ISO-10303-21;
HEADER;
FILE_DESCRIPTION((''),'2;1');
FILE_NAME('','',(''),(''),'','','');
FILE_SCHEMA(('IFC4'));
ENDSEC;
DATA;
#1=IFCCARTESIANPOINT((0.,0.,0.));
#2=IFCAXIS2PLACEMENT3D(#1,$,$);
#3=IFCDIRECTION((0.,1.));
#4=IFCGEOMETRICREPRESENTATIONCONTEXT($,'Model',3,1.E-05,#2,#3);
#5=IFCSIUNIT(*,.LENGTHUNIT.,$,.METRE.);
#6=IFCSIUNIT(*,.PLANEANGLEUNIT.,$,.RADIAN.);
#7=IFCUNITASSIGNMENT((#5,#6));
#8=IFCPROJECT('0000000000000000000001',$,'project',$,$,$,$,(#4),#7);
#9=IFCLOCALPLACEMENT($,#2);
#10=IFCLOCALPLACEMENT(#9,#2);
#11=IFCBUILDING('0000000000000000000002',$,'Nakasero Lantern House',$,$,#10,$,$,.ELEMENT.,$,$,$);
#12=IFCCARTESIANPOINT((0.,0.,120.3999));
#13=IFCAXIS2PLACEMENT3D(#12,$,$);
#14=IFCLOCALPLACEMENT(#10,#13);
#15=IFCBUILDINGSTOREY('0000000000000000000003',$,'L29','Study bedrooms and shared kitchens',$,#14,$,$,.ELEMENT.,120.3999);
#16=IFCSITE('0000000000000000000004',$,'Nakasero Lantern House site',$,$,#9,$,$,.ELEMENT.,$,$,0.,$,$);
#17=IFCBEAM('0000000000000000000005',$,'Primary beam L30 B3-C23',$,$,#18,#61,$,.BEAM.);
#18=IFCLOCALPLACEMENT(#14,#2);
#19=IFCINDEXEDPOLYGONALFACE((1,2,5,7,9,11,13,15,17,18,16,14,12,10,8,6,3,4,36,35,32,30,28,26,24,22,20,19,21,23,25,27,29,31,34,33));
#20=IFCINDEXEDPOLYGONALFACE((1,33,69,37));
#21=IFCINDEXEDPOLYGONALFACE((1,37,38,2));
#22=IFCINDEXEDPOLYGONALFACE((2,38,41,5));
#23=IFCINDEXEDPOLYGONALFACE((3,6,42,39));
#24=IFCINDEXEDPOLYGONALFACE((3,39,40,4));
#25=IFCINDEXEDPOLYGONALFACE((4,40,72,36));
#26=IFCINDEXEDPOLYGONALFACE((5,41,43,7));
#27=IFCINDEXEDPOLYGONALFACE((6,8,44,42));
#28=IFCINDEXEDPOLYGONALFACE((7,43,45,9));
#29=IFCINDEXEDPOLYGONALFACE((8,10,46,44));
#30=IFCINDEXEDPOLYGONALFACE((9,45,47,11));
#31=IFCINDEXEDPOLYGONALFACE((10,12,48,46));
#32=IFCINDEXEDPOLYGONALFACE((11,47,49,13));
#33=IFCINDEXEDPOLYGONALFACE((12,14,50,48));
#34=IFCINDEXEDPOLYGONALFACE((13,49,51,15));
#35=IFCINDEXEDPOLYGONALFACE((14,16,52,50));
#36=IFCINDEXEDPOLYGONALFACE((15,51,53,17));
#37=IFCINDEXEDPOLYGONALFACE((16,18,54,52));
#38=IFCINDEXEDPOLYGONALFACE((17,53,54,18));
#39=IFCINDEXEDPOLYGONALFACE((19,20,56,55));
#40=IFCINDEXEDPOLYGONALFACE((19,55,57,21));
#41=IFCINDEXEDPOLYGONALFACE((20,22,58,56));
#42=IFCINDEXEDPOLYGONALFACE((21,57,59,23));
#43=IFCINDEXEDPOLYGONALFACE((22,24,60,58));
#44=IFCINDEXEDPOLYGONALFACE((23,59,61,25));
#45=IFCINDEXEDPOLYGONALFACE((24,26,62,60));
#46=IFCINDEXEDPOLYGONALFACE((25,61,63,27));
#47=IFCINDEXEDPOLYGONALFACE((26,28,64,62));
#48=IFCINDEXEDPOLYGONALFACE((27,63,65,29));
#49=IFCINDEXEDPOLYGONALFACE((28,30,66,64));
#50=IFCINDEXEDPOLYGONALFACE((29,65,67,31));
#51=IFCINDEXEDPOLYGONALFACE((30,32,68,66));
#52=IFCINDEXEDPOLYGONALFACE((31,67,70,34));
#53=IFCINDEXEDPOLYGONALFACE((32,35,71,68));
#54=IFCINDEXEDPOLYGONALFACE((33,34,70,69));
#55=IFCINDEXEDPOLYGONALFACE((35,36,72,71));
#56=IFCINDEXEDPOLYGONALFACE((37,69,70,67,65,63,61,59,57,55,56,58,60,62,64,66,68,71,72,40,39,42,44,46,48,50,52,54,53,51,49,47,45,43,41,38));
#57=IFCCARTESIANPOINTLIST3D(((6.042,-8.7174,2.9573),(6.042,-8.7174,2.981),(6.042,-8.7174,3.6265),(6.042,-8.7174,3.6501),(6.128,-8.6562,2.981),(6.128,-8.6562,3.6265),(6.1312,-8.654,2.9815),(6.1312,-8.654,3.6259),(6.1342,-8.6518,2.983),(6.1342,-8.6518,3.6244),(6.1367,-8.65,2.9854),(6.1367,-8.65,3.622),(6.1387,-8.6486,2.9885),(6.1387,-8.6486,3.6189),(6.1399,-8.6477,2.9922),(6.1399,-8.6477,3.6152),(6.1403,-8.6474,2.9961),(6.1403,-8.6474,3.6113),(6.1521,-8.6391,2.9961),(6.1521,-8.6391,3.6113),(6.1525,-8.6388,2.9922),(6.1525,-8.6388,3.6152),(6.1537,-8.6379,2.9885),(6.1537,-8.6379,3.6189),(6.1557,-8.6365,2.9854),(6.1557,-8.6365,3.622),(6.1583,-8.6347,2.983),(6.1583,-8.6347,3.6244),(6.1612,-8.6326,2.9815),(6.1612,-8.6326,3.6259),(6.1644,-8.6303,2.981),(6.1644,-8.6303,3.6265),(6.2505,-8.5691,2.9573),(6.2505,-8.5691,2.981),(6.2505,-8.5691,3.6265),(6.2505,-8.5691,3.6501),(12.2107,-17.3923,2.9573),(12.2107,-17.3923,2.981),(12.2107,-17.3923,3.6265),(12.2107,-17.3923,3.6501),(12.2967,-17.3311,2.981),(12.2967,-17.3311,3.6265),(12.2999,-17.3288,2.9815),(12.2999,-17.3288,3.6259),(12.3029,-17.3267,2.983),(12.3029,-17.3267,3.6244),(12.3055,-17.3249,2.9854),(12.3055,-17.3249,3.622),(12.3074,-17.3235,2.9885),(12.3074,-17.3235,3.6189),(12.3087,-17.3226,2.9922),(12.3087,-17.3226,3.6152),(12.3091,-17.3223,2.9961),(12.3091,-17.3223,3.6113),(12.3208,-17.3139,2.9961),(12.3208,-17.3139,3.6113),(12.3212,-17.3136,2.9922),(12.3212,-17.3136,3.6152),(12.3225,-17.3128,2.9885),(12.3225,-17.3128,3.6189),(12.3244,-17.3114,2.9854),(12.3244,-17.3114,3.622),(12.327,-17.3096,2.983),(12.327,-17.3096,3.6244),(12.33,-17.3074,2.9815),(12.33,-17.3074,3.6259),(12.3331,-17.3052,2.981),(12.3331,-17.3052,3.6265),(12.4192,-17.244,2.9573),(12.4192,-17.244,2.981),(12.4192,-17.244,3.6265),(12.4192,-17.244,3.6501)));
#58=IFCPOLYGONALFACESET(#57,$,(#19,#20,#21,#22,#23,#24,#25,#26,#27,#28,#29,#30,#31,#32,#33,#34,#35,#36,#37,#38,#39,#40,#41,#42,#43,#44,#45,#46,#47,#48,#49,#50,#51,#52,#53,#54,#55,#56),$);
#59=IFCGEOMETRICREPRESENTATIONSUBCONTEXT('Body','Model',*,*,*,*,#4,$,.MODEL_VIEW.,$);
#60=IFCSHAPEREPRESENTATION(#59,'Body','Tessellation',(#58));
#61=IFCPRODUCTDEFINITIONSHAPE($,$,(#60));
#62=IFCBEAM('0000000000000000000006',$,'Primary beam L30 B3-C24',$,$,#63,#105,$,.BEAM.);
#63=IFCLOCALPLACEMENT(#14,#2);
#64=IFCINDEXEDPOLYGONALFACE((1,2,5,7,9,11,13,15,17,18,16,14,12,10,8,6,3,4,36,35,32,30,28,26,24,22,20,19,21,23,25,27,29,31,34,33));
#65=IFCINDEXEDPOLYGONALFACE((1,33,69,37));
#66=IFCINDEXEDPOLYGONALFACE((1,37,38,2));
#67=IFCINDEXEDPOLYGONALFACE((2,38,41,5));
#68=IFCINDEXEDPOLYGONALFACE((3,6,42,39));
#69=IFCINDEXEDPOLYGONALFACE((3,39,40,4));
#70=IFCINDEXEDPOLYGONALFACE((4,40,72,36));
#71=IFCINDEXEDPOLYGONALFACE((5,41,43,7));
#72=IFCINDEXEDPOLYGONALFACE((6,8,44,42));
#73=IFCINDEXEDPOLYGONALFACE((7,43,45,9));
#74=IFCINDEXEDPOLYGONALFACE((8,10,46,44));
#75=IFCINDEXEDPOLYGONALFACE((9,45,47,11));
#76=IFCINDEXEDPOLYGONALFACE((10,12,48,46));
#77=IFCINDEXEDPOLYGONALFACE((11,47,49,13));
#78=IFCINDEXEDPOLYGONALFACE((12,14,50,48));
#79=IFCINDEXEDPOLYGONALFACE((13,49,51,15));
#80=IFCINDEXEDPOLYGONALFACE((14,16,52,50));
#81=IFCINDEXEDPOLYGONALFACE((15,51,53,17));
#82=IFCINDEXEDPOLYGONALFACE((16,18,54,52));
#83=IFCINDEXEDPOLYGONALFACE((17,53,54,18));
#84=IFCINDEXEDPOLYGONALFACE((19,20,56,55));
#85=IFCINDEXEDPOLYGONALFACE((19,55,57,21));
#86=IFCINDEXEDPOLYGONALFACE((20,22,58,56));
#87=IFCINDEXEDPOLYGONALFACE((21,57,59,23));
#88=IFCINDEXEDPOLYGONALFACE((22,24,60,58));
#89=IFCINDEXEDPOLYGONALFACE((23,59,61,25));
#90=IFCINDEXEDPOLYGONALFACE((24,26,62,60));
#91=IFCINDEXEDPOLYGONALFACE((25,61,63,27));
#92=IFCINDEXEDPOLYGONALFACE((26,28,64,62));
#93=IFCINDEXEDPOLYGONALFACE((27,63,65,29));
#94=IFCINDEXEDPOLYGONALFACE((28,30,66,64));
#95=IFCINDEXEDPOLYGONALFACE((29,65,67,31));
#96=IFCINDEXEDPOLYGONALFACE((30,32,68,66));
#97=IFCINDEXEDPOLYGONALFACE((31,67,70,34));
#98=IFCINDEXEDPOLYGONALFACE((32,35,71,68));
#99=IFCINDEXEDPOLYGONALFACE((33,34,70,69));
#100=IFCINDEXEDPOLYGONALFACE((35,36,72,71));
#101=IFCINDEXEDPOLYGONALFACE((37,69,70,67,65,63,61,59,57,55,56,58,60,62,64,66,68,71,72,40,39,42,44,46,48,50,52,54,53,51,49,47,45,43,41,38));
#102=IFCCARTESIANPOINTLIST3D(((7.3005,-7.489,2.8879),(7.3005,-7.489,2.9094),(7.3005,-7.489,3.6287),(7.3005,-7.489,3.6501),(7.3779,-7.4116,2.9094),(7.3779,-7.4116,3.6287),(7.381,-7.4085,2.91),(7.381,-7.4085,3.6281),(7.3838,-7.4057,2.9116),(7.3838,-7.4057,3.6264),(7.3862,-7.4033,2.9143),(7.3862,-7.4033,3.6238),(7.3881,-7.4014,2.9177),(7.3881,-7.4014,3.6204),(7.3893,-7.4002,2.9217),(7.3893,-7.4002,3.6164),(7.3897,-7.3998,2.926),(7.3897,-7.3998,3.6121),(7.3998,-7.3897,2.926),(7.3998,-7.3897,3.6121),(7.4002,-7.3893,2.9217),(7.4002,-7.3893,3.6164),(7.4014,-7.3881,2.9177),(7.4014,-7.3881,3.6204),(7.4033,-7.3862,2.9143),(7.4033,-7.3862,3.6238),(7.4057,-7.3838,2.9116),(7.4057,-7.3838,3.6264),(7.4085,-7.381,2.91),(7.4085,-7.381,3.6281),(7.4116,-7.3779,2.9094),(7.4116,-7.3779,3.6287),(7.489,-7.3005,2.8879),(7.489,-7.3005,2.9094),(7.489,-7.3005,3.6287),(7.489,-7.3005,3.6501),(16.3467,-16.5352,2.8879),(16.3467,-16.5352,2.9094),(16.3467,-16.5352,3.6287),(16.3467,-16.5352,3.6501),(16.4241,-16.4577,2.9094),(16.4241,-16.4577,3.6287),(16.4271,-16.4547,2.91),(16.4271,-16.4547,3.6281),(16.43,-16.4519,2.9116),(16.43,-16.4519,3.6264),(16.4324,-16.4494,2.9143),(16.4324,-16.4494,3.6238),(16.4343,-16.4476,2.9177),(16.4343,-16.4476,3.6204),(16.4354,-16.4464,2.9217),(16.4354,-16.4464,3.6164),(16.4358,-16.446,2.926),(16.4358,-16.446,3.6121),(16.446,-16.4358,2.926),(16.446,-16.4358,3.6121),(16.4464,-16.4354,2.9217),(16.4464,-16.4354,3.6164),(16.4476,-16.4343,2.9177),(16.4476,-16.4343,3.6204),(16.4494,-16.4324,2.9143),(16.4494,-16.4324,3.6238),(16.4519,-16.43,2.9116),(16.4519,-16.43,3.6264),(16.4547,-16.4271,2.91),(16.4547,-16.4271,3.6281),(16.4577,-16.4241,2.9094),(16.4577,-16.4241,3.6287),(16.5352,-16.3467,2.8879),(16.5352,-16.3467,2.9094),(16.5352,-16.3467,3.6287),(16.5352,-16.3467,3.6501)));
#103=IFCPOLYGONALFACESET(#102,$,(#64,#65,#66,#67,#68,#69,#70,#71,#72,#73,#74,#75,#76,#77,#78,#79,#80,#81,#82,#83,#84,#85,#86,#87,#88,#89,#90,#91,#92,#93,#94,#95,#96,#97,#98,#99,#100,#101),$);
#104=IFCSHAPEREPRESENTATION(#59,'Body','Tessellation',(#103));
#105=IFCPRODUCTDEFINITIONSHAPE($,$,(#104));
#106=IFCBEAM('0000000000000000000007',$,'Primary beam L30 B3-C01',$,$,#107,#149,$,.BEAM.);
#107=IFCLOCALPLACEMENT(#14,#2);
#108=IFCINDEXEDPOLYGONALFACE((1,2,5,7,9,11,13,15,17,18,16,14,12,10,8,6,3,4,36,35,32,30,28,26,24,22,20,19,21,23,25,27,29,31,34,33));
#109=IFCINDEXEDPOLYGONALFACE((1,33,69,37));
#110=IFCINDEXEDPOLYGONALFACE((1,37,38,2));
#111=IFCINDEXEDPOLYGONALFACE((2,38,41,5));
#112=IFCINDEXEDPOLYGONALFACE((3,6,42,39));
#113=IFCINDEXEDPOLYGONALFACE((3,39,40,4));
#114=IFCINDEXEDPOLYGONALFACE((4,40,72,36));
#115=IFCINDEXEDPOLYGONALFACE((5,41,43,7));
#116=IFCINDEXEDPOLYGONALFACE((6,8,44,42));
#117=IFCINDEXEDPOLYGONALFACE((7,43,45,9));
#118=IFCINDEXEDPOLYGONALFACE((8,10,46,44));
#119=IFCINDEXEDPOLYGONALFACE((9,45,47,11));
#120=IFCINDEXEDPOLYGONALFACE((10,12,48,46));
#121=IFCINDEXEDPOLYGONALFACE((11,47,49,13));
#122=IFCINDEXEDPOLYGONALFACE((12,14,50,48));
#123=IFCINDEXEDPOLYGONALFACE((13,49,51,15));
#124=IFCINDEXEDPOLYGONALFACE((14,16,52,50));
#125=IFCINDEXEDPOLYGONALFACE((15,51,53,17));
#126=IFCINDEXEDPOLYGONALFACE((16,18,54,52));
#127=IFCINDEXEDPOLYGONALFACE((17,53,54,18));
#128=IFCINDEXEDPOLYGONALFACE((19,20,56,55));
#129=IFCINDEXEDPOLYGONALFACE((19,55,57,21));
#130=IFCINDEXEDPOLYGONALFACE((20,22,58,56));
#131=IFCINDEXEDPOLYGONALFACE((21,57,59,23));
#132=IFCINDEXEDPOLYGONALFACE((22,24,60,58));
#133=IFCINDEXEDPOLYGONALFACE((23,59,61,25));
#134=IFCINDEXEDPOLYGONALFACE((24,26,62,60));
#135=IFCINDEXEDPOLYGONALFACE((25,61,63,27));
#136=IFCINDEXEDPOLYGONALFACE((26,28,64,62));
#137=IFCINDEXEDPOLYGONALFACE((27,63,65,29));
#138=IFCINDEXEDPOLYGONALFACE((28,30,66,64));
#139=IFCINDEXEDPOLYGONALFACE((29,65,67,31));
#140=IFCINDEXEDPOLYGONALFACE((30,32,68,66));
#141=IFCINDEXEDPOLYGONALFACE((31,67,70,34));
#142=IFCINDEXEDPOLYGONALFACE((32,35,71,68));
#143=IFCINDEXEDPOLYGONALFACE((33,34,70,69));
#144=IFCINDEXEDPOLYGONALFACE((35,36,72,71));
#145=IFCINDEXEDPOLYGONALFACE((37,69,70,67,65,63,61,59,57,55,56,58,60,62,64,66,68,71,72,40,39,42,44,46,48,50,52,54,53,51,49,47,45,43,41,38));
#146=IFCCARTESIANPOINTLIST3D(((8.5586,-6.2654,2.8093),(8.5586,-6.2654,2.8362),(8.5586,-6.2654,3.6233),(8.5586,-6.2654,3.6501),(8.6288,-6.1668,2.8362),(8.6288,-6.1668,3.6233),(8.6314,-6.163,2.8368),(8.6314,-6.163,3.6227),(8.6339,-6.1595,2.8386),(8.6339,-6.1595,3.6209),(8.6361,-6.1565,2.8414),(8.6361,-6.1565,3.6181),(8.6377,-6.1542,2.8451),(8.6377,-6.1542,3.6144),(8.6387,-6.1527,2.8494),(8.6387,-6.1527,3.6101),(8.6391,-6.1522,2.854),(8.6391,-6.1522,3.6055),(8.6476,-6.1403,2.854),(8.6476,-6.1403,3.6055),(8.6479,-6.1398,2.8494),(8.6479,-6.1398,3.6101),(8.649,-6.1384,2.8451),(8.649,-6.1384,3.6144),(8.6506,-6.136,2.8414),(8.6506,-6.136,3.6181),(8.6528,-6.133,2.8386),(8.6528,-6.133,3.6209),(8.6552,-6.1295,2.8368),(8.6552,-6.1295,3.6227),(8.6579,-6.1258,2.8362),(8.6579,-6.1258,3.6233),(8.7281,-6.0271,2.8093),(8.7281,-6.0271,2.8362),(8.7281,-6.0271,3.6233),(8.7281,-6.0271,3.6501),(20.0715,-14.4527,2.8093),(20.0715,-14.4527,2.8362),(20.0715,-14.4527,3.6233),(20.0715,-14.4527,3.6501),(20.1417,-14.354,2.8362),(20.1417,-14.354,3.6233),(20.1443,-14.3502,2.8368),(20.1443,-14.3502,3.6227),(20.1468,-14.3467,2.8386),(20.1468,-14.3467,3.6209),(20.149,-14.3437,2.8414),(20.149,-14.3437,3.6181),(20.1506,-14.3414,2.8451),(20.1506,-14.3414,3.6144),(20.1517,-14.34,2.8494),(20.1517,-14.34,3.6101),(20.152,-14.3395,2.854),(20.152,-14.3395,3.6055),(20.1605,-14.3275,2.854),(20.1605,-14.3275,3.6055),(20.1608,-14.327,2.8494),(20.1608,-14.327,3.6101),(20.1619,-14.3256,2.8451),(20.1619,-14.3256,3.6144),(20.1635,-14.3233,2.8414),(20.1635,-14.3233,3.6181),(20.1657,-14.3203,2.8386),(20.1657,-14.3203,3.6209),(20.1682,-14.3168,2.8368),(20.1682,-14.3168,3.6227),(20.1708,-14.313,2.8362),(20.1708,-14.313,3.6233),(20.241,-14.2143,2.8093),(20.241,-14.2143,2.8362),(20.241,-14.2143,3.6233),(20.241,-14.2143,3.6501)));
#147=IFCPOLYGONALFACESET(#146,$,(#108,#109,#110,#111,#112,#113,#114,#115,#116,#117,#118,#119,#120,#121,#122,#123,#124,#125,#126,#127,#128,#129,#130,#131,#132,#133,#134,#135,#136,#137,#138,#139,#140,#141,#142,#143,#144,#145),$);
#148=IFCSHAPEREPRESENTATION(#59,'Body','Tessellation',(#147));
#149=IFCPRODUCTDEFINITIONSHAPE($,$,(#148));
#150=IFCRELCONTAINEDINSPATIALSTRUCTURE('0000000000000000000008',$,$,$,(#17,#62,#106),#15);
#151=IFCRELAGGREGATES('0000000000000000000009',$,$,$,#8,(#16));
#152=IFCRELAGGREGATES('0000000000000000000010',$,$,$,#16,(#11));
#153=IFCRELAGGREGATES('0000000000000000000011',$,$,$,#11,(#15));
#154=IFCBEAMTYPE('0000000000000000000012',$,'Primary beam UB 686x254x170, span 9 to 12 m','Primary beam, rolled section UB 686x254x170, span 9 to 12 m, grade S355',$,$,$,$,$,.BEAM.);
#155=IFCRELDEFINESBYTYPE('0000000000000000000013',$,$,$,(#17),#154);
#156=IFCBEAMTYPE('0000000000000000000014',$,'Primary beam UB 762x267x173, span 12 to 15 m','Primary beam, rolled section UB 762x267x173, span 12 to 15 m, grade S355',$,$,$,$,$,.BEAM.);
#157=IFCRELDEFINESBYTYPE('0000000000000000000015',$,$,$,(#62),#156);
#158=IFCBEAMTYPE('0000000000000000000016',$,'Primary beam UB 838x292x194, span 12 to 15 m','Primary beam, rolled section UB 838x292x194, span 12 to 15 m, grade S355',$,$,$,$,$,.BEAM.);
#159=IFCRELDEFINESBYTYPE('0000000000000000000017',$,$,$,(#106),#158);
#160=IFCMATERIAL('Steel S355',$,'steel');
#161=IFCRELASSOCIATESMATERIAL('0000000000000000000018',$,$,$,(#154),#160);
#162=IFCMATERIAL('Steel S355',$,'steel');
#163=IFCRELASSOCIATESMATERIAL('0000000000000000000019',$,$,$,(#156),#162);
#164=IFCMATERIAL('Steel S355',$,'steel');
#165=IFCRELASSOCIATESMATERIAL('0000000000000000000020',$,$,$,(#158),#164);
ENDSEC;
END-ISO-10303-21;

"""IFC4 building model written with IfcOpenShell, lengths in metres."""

from ifc_helpers import new_model, si_unit, direction, frame, origin, origin_2d, place, context, subcontext, project, spatial, i_section, extrude, material, material_profile, profile_set, type_object, element, save


model = new_model("IFC4")

# Units and contexts
model_context = context("Model", 3, precision=1e-05, world=origin(), true_north=direction((0.0, 1.0)))
body_context = subcontext(model_context, "Body", "Model", "MODEL_VIEW")
ifc_project = project(units=[si_unit("LENGTHUNIT", "METRE"), si_unit("PLANEANGLEUNIT", "RADIAN")], contexts=[model_context])

# Site, building, storey
site_placement = place(None, origin())
site = spatial("IfcSite", under=ifc_project, at=site_placement, Name="Nakasero Lantern House site", CompositionType="ELEMENT", RefElevation=0.0)
building_placement = place(site_placement, origin())
building = spatial("IfcBuilding", under=site, at=building_placement, Name="Nakasero Lantern House", CompositionType="ELEMENT")
storey_placement = place(building_placement, frame((0.0, 0.0, 120.3999)))
storey = spatial("IfcBuildingStorey", under=building, at=storey_placement, Name="L29", Description="Study bedrooms and shared kitchens", CompositionType="ELEMENT", Elevation=120.3999)

# Beams
ifc_material_1 = material(Name="Steel S355", Category="steel")
ifc_material_profile_1 = material_profile(ifc_material_1, i_section(OverallWidth=0.2559, OverallDepth=0.6929, WebThickness=0.0144, FlangeThickness=0.0237, FilletRadius=0.0151, at=origin_2d()), Name="UB 686x254x170")
ifc_profile_set_1 = profile_set([ifc_material_profile_1], Name="Steel S355")
beam_type_1 = type_object("IfcBeamType", Name="Primary beam UB 686x254x170, span 9 to 12 m", Description="Primary beam, rolled section UB 686x254x170, span 9 to 12 m, grade S355", PredefinedType="BEAM", material=ifc_profile_set_1)
beam_1_placement = place(storey_placement, frame((12.3149, -17.3181, 3.3037), z_axis=(-0.579521, 0.814957, 0.0), x_axis=(-0.814957, -0.579521, 0.0)))
element("IfcBeam", 1, at=beam_1_placement, inside=storey, type_object=beam_type_1, Name="Primary beam L30 B3-C23", PredefinedType="BEAM", context=body_context, shape_type="SweptSolid", body=[
    extrude(i_section(OverallWidth=0.2559, OverallDepth=0.6929, WebThickness=0.0144, FlangeThickness=0.0237, FilletRadius=0.0151, at=origin_2d()), origin(), (0.0, 0.0, 1.0), 10.6445),
])
ifc_material_2 = material(Name="Steel S355", Category="steel")
ifc_material_profile_2 = material_profile(ifc_material_2, i_section(OverallWidth=0.2666, OverallDepth=0.7622, WebThickness=0.0144, FlangeThickness=0.0215, FilletRadius=0.0166, at=origin_2d()), Name="UB 762x267x173")
ifc_profile_set_2 = profile_set([ifc_material_profile_2], Name="Steel S355")
beam_type_2 = type_object("IfcBeamType", Name="Primary beam UB 762x267x173, span 12 to 15 m", Description="Primary beam, rolled section UB 762x267x173, span 12 to 15 m, grade S355", PredefinedType="BEAM", material=ifc_profile_set_2)
beam_2_placement = place(storey_placement, frame((16.4409, -16.4409, 3.269), z_axis=(-0.707107, 0.707107, 0.0), x_axis=(-0.707107, -0.707107, 0.0)))
element("IfcBeam", 2, at=beam_2_placement, inside=storey, type_object=beam_type_2, Name="Primary beam L30 B3-C24", PredefinedType="BEAM", context=body_context, shape_type="SweptSolid", body=[
    extrude(i_section(OverallWidth=0.2666, OverallDepth=0.7622, WebThickness=0.0144, FlangeThickness=0.0215, FilletRadius=0.0166, at=origin_2d()), origin(), (0.0, 0.0, 1.0), 12.7932),
])
ifc_material_3 = material(Name="Steel S355", Category="steel")
ifc_material_profile_3 = material_profile(ifc_material_3, i_section(OverallWidth=0.2925, OverallDepth=0.8408, WebThickness=0.0146, FlangeThickness=0.0269, FilletRadius=0.0178, at=origin_2d()), Name="UB 838x292x194")
ifc_profile_set_3 = profile_set([ifc_material_profile_3], Name="Steel S355")
beam_type_3 = type_object("IfcBeamType", Name="Primary beam UB 838x292x194, span 12 to 15 m", Description="Primary beam, rolled section UB 838x292x194, span 12 to 15 m, grade S355", PredefinedType="BEAM", material=ifc_profile_set_3)
beam_3_placement = place(storey_placement, frame((20.1562, -14.3335, 3.2297), z_axis=(-0.814946, 0.579537, 0.0), x_axis=(-0.579537, -0.814946, 0.0)))
element("IfcBeam", 3, at=beam_3_placement, inside=storey, type_object=beam_type_3, Name="Primary beam L30 B3-C01", PredefinedType="BEAM", context=body_context, shape_type="SweptSolid", body=[
    extrude(i_section(OverallWidth=0.2925, OverallDepth=0.8408, WebThickness=0.0146, FlangeThickness=0.0269, FilletRadius=0.0178, at=origin_2d()), origin(), (0.0, 0.0, 1.0), 14.1272),
])

save(model, "model.ifc")
